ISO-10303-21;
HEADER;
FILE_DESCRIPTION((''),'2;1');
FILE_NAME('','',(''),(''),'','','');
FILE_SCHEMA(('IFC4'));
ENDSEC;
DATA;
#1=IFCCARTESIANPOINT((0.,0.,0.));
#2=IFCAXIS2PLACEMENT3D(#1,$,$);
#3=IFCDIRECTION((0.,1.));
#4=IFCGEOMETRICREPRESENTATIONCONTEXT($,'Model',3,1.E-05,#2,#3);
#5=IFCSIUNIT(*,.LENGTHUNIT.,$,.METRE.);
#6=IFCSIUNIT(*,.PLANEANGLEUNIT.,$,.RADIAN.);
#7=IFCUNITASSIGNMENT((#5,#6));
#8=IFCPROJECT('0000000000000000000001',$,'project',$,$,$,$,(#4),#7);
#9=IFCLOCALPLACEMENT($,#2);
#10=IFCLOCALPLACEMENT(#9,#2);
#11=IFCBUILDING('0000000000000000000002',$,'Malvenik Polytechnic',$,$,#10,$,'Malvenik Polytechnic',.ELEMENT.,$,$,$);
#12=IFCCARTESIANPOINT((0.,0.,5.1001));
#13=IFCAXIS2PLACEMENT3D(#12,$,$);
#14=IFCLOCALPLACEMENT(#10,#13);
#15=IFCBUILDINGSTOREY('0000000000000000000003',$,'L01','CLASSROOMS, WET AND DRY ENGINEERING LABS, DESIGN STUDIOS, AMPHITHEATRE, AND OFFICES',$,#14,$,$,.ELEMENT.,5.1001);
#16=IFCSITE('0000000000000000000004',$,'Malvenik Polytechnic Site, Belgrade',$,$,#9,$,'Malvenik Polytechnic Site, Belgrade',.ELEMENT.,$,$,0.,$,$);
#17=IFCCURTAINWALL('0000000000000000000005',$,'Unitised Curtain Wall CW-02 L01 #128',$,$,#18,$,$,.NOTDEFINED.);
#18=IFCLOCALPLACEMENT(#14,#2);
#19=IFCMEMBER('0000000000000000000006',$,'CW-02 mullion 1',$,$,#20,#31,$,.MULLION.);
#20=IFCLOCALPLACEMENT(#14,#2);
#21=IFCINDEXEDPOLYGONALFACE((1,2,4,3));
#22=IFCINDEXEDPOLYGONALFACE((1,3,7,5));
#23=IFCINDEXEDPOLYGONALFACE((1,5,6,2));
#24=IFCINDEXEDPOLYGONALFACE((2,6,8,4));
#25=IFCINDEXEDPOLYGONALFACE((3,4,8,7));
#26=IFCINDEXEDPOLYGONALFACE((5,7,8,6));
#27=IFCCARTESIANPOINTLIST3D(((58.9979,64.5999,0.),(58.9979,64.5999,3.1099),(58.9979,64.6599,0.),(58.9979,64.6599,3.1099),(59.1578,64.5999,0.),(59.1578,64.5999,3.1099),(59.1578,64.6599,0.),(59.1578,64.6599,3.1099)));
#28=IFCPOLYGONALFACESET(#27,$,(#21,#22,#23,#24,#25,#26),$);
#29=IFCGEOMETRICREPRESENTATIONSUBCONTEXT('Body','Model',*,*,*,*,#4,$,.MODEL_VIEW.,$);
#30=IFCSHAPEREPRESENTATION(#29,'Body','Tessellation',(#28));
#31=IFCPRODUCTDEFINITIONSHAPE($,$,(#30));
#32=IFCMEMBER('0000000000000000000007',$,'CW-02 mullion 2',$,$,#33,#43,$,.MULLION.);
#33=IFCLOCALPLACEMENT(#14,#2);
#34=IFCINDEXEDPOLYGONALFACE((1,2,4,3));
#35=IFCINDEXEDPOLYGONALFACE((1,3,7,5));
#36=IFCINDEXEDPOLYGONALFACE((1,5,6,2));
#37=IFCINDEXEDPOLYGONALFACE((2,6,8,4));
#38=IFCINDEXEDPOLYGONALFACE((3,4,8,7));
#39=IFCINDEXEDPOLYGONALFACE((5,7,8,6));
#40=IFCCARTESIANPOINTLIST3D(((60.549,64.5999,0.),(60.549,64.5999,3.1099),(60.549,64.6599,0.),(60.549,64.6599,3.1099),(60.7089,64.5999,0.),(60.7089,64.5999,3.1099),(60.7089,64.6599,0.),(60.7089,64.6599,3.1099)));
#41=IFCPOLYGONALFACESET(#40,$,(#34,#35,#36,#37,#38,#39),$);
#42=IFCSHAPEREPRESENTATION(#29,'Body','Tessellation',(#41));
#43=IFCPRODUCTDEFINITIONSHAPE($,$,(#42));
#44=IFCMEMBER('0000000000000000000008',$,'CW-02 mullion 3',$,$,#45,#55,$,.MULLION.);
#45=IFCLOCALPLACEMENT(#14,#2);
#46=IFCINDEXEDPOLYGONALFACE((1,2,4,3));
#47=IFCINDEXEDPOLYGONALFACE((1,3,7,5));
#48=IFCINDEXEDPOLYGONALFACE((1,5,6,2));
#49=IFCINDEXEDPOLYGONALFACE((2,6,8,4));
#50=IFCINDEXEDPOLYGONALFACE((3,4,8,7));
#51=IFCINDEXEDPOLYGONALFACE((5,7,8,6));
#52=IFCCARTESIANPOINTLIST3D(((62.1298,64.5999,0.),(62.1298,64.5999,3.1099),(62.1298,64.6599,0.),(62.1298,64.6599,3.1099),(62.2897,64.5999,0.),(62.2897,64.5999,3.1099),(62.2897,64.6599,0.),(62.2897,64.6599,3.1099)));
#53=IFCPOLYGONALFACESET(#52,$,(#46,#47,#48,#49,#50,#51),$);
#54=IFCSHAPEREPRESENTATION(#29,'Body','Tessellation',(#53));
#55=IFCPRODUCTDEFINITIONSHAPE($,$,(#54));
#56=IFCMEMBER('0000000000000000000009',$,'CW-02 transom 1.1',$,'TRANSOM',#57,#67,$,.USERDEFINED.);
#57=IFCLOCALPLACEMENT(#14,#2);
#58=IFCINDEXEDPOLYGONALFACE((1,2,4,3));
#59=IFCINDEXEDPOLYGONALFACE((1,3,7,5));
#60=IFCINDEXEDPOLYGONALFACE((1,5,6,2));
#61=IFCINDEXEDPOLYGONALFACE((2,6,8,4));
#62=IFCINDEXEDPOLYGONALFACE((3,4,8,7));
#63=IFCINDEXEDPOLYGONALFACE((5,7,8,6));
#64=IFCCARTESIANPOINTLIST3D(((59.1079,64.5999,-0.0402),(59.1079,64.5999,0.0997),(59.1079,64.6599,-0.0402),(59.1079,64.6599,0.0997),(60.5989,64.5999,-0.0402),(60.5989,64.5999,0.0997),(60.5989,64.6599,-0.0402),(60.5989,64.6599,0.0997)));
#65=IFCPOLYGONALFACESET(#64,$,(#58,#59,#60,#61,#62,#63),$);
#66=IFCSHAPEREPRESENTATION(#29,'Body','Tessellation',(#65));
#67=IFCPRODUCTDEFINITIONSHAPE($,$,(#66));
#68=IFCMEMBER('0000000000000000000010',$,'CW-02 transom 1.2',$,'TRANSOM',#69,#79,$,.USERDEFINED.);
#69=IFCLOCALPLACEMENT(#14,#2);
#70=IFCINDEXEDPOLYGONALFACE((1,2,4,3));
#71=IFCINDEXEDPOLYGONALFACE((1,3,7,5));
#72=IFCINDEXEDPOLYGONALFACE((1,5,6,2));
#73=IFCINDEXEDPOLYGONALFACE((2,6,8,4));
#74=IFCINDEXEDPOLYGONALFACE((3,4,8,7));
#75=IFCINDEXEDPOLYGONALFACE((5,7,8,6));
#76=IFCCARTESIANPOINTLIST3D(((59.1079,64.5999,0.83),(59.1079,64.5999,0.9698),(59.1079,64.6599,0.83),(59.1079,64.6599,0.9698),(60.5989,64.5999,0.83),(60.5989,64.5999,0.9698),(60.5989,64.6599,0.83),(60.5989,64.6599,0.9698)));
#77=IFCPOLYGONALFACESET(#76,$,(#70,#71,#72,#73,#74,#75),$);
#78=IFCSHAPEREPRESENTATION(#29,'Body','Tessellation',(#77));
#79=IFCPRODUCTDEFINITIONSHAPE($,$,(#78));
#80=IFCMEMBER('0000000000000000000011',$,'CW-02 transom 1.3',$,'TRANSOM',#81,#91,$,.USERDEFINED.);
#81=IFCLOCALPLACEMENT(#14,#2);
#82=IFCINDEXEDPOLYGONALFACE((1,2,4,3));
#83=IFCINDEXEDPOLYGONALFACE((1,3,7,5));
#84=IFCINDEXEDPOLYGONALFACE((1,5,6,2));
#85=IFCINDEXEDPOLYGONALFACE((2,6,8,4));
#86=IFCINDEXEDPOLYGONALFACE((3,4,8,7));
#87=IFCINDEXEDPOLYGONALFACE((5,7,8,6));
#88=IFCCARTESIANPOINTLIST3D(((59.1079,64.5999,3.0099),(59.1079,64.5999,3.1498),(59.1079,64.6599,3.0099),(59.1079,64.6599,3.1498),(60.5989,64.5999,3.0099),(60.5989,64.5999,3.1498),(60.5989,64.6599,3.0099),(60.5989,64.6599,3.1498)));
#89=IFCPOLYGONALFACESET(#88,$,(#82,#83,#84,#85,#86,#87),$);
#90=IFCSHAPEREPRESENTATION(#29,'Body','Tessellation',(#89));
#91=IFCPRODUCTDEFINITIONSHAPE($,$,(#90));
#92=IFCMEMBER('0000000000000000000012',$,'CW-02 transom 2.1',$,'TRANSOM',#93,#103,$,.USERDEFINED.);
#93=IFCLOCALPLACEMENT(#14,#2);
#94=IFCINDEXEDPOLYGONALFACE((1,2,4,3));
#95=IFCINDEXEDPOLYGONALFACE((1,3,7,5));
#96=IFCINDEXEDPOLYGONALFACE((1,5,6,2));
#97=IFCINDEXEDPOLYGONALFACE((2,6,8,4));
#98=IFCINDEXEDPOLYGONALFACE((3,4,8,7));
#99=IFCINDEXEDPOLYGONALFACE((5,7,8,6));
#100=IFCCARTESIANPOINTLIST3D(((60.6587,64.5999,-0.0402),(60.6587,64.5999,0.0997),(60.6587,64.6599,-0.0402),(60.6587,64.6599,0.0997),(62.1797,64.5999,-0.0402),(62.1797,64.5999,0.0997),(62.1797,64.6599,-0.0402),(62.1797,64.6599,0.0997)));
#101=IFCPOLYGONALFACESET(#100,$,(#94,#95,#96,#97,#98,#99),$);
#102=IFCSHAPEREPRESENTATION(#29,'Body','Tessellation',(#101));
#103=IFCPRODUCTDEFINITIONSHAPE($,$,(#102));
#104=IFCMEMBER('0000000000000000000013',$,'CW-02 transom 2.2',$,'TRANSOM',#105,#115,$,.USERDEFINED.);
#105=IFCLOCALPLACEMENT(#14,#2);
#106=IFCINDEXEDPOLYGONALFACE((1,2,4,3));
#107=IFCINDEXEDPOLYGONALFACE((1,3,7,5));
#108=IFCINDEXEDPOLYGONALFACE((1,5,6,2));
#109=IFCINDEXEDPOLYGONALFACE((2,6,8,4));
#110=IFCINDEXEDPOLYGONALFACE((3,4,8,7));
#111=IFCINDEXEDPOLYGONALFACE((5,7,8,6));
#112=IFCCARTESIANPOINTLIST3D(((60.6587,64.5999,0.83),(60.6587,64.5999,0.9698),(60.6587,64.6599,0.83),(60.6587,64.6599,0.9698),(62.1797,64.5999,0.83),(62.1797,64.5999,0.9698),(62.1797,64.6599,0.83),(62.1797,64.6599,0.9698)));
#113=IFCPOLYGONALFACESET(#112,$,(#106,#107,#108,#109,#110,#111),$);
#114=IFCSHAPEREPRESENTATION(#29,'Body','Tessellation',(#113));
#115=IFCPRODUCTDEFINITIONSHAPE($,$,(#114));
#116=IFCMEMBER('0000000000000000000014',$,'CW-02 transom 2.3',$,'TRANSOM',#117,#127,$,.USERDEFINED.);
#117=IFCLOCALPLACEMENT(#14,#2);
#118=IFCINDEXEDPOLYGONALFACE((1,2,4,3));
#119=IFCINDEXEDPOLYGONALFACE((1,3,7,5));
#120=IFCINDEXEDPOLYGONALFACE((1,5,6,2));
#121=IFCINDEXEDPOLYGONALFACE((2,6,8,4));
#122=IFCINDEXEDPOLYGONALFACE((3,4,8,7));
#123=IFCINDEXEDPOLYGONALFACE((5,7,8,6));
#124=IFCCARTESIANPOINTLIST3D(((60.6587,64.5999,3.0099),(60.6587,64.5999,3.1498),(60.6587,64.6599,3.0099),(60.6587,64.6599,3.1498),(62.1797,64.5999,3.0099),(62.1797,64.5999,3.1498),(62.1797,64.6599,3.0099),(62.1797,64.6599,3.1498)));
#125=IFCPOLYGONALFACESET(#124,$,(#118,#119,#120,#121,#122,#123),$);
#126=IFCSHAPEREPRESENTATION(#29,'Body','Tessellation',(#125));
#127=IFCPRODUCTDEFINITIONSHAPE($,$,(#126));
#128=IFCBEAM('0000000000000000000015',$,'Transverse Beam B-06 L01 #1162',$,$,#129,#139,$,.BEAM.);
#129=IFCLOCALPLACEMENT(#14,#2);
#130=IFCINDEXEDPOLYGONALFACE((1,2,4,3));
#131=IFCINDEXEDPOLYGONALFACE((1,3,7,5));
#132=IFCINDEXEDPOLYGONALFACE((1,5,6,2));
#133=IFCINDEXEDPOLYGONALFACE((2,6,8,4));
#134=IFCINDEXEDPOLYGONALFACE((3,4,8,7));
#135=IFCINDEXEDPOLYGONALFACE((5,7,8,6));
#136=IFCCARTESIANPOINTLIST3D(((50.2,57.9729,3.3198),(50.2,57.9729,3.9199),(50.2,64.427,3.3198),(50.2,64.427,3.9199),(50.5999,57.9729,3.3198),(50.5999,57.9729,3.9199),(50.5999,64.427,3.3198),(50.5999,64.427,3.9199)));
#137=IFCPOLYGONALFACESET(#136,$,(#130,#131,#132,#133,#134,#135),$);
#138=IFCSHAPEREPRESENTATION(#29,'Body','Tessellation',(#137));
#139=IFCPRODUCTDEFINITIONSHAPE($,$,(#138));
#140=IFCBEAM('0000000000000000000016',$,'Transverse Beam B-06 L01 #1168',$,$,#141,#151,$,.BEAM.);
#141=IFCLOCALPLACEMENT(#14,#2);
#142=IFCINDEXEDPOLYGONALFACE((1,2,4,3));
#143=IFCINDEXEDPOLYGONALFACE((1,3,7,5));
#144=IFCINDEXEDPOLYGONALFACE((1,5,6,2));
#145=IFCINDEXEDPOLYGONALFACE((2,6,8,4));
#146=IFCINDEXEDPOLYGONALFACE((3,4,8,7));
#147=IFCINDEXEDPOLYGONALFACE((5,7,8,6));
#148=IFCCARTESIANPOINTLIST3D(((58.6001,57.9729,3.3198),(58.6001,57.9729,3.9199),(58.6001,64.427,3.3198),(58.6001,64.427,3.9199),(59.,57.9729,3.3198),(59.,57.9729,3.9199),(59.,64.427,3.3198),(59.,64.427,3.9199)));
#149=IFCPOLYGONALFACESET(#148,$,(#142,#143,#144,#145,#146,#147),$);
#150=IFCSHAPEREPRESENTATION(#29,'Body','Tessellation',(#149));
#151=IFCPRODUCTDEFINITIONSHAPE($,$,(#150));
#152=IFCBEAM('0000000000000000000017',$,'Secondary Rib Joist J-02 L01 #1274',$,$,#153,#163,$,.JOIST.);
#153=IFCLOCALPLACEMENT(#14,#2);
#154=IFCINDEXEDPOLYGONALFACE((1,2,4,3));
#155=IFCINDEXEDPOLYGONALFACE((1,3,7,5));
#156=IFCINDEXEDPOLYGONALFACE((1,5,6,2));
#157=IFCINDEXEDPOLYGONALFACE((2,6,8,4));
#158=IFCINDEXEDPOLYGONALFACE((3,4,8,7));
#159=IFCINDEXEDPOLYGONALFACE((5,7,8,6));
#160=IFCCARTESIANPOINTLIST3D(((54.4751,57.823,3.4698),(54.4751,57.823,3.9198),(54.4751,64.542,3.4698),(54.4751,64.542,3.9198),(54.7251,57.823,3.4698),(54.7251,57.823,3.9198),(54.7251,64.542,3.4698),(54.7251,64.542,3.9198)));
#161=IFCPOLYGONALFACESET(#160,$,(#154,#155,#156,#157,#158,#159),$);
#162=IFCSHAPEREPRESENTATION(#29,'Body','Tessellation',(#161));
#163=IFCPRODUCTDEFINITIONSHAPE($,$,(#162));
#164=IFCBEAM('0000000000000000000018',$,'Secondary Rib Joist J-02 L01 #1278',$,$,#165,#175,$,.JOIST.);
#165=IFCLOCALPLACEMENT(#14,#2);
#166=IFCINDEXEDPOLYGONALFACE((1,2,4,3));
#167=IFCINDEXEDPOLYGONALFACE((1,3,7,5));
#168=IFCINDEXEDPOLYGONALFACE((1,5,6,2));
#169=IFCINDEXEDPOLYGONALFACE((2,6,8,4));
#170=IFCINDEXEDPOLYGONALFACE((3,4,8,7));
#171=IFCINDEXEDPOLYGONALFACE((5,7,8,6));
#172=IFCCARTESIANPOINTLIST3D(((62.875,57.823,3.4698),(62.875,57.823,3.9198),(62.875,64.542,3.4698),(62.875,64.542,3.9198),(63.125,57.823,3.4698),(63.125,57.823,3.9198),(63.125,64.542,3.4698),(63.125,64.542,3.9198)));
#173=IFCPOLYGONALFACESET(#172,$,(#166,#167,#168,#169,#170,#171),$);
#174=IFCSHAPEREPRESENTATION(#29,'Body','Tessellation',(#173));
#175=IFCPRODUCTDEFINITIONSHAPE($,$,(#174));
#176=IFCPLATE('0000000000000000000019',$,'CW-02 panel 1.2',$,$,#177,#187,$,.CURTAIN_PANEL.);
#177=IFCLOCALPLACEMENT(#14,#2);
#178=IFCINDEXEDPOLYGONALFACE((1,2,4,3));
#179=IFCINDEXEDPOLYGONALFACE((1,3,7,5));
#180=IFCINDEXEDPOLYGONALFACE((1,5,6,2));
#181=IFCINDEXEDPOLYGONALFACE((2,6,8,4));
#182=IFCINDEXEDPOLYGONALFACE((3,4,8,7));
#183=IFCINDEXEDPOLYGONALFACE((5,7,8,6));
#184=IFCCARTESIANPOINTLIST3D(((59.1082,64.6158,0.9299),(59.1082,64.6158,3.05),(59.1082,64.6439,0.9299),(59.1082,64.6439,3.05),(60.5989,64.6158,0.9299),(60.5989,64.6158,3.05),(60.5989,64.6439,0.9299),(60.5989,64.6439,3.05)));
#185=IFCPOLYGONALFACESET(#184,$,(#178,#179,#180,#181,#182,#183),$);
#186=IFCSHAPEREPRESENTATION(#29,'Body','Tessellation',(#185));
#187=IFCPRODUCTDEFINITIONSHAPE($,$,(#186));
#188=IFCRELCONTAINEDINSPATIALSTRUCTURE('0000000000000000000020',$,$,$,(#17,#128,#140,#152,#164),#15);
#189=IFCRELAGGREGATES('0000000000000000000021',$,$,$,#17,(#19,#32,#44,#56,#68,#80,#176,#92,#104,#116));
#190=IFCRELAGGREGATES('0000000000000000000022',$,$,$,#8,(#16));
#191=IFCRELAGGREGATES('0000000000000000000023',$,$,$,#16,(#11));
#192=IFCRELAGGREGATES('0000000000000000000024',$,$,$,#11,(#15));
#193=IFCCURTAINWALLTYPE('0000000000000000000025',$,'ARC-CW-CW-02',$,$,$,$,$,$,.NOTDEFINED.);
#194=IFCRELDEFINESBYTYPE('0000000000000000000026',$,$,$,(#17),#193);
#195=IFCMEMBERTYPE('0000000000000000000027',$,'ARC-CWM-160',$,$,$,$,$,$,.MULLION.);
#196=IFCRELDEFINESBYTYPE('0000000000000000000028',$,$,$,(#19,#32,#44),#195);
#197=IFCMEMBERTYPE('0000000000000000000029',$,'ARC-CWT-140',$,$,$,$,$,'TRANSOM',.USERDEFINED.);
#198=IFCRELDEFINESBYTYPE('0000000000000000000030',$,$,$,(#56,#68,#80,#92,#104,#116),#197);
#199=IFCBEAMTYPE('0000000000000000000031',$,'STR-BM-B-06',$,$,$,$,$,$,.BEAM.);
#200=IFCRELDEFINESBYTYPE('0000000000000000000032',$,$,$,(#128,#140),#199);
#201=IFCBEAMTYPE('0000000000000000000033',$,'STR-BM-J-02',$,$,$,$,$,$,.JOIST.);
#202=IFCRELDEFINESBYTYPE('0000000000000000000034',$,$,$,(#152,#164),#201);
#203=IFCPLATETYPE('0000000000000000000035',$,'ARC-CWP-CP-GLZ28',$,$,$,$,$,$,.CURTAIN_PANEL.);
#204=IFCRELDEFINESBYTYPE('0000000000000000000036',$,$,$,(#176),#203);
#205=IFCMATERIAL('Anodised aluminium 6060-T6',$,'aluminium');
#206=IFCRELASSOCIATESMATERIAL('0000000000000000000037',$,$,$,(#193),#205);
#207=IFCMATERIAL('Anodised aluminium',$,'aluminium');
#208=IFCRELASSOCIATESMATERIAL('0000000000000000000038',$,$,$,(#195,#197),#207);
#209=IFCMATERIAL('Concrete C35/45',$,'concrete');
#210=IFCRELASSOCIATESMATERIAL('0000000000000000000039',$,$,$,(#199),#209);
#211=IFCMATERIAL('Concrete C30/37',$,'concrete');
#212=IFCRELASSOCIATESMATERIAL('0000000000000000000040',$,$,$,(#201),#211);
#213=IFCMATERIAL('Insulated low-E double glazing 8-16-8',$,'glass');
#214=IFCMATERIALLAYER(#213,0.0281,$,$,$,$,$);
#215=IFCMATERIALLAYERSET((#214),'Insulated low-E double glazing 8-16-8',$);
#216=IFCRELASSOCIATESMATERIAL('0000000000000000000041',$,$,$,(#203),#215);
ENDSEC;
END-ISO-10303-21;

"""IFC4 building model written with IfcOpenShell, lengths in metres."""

from ifc_helpers import new_model, si_unit, direction, frame, origin, origin_2d, place, context, subcontext, project, spatial, rectangle, extrude, material, layer, layer_set, material_profile, profile_set, type_object, element, aggregate, save


model = new_model("IFC4")

# Units and contexts
model_context = context("Model", 3, precision=1e-05, world=origin(), true_north=direction((0.0, 1.0)))
body_context = subcontext(model_context, "Body", "Model", "MODEL_VIEW")
ifc_project = project(units=[si_unit("LENGTHUNIT", "METRE"), si_unit("PLANEANGLEUNIT", "RADIAN")], contexts=[model_context])

# Site, building, storey
site_placement = place(None, origin())
site = spatial("IfcSite", under=ifc_project, at=site_placement, Name="Malvenik Polytechnic Site, Belgrade", LongName="Malvenik Polytechnic Site, Belgrade", CompositionType="ELEMENT", RefElevation=0.0)
building_placement = place(site_placement, origin())
building = spatial("IfcBuilding", under=site, at=building_placement, Name="Malvenik Polytechnic", LongName="Malvenik Polytechnic", CompositionType="ELEMENT")
storey_placement = place(building_placement, frame((0.0, 0.0, 5.1001)))
storey = spatial("IfcBuildingStorey", under=building, at=storey_placement, Name="L01", Description="CLASSROOMS, WET AND DRY ENGINEERING LABS, DESIGN STUDIOS, AMPHITHEATRE, AND OFFICES", CompositionType="ELEMENT", Elevation=5.1001)

# Curtain wall, members
ifc_material_1 = material(Name="Anodised aluminium 6060-T6", Category="aluminium")
curtain_wall_type = type_object("IfcCurtainWallType", Name="ARC-CW-CW-02", PredefinedType="NOTDEFINED", material=ifc_material_1)
curtain_wall_placement = place(storey_placement, origin())
curtain_wall = element("IfcCurtainWall", 1, at=curtain_wall_placement, inside=storey, type_object=curtain_wall_type, Name="Unitised Curtain Wall CW-02 L01 #128", PredefinedType="NOTDEFINED")
ifc_material_2 = material(Name="Anodised aluminium", Category="aluminium")
ifc_material_profile_1 = material_profile(ifc_material_2, rectangle(XDim=0.0601, YDim=0.1599, at=origin_2d()), Name="ALU MULLION 60x160")
ifc_profile_set_1 = profile_set([ifc_material_profile_1], Name="Anodised aluminium")
member_type_1 = type_object("IfcMemberType", Name="ARC-CWM-160", PredefinedType="MULLION", material=ifc_profile_set_1)
member_1_placement = place(storey_placement, frame((59.0779, 64.6299, 0.0), z_axis=(0.0, 0.0, 1.0), x_axis=(0.0, 1.0, 0.0)))
member_1 = element("IfcMember", 2, at=member_1_placement, type_object=member_type_1, Name="CW-02 mullion 1", PredefinedType="MULLION", context=body_context, shape_type="SweptSolid", body=[
    extrude(rectangle(XDim=0.0601, YDim=0.1599, at=origin_2d()), origin(), (0.0, 0.0, 1.0), 3.1099),
])
member_2_placement = place(storey_placement, frame((60.6289, 64.6299, 0.0), z_axis=(0.0, 0.0, 1.0), x_axis=(0.0, 1.0, 0.0)))
member_2 = element("IfcMember", 3, at=member_2_placement, type_object=member_type_1, Name="CW-02 mullion 2", PredefinedType="MULLION", context=body_context, shape_type="SweptSolid", body=[
    extrude(rectangle(XDim=0.0601, YDim=0.1599, at=origin_2d()), origin(), (0.0, 0.0, 1.0), 3.1099),
])
member_3_placement = place(storey_placement, frame((62.2097, 64.6299, 0.0), z_axis=(0.0, 0.0, 1.0), x_axis=(0.0, 1.0, 0.0)))
member_3 = element("IfcMember", 4, at=member_3_placement, type_object=member_type_1, Name="CW-02 mullion 3", PredefinedType="MULLION", context=body_context, shape_type="SweptSolid", body=[
    extrude(rectangle(XDim=0.0601, YDim=0.1599, at=origin_2d()), origin(), (0.0, 0.0, 1.0), 3.1099),
])
ifc_material_profile_2 = material_profile(ifc_material_2, rectangle(XDim=0.0601, YDim=0.1399, at=origin_2d()), Name="ALU TRANSOM 60x140")
ifc_profile_set_2 = profile_set([ifc_material_profile_2], Name="Anodised aluminium")
member_type_2 = type_object("IfcMemberType", Name="ARC-CWT-140", ElementType="TRANSOM", PredefinedType="USERDEFINED", material=ifc_profile_set_2)
member_4_placement = place(storey_placement, frame((59.1079, 64.6299, 0.0298), z_axis=(1.0, 0.0, 0.0), x_axis=(0.0, 1.0, 0.0)))
member_4 = element("IfcMember", 5, at=member_4_placement, type_object=member_type_2, Name="CW-02 transom 1.1", ObjectType="TRANSOM", PredefinedType="USERDEFINED", context=body_context, shape_type="SweptSolid", body=[
    extrude(rectangle(XDim=0.0601, YDim=0.1399, at=origin_2d()), origin(), (0.0, 0.0, 1.0), 1.491),
])
member_5_placement = place(storey_placement, frame((59.1079, 64.6299, 0.8999), z_axis=(1.0, 0.0, 0.0), x_axis=(0.0, 1.0, 0.0)))
member_5 = element("IfcMember", 6, at=member_5_placement, type_object=member_type_2, Name="CW-02 transom 1.2", ObjectType="TRANSOM", PredefinedType="USERDEFINED", context=body_context, shape_type="SweptSolid", body=[
    extrude(rectangle(XDim=0.0601, YDim=0.1399, at=origin_2d()), origin(), (0.0, 0.0, 1.0), 1.491),
])
member_6_placement = place(storey_placement, frame((59.1079, 64.6299, 3.0798), z_axis=(1.0, 0.0, 0.0), x_axis=(0.0, 1.0, 0.0)))
member_6 = element("IfcMember", 7, at=member_6_placement, type_object=member_type_2, Name="CW-02 transom 1.3", ObjectType="TRANSOM", PredefinedType="USERDEFINED", context=body_context, shape_type="SweptSolid", body=[
    extrude(rectangle(XDim=0.0601, YDim=0.1399, at=origin_2d()), origin(), (0.0, 0.0, 1.0), 1.491),
])
member_7_placement = place(storey_placement, frame((60.6587, 64.6299, 0.0298), z_axis=(1.0, 0.0, 0.0), x_axis=(0.0, 1.0, 0.0)))
member_7 = element("IfcMember", 8, at=member_7_placement, type_object=member_type_2, Name="CW-02 transom 2.1", ObjectType="TRANSOM", PredefinedType="USERDEFINED", context=body_context, shape_type="SweptSolid", body=[
    extrude(rectangle(XDim=0.0601, YDim=0.1399, at=origin_2d()), origin(), (0.0, 0.0, 1.0), 1.521),
])
member_8_placement = place(storey_placement, frame((60.6587, 64.6299, 0.8999), z_axis=(1.0, 0.0, 0.0), x_axis=(0.0, 1.0, 0.0)))
member_8 = element("IfcMember", 9, at=member_8_placement, type_object=member_type_2, Name="CW-02 transom 2.2", ObjectType="TRANSOM", PredefinedType="USERDEFINED", context=body_context, shape_type="SweptSolid", body=[
    extrude(rectangle(XDim=0.0601, YDim=0.1399, at=origin_2d()), origin(), (0.0, 0.0, 1.0), 1.521),
])
member_9_placement = place(storey_placement, frame((60.6587, 64.6299, 3.0798), z_axis=(1.0, 0.0, 0.0), x_axis=(0.0, 1.0, 0.0)))
member_9 = element("IfcMember", 10, at=member_9_placement, type_object=member_type_2, Name="CW-02 transom 2.3", ObjectType="TRANSOM", PredefinedType="USERDEFINED", context=body_context, shape_type="SweptSolid", body=[
    extrude(rectangle(XDim=0.0601, YDim=0.1399, at=origin_2d()), origin(), (0.0, 0.0, 1.0), 1.521),
])

# Beams
ifc_material_3 = material(Name="Concrete C35/45", Category="concrete")
ifc_material_profile_3 = material_profile(ifc_material_3, rectangle(XDim=0.3999, YDim=0.6001, at=origin_2d()), Name="RC BM 400x600")
ifc_profile_set_3 = profile_set([ifc_material_profile_3], Name="Concrete C35/45")
beam_type_1 = type_object("IfcBeamType", Name="STR-BM-B-06", PredefinedType="BEAM", material=ifc_profile_set_3)
for number, where, z_axis, x_axis, name in (
    (11, (50.3999, 57.9729, 3.6199), (0.0, 1.0, 0.0), (-1.0, 0.0, 0.0), "Transverse Beam B-06 L01 #1162"),
    (12, (58.8, 57.9729, 3.6199), (0.0, 1.0, 0.0), (-1.0, 0.0, 0.0), "Transverse Beam B-06 L01 #1168"),
):
    element("IfcBeam", number, at=place(storey_placement, frame(where, z_axis=z_axis, x_axis=x_axis)), inside=storey, type_object=beam_type_1, Name=name, PredefinedType="BEAM", context=body_context, shape_type="SweptSolid", body=[
        extrude(rectangle(XDim=0.3999, YDim=0.6001, at=origin_2d()), origin(), (0.0, 0.0, 1.0), 6.4541),
    ])
ifc_material_4 = material(Name="Concrete C30/37", Category="concrete")
ifc_material_profile_4 = material_profile(ifc_material_4, rectangle(XDim=0.25, YDim=0.45, at=origin_2d()), Name="RC JST 250x450")
ifc_profile_set_4 = profile_set([ifc_material_profile_4], Name="Concrete C30/37")
beam_type_2 = type_object("IfcBeamType", Name="STR-BM-J-02", PredefinedType="JOIST", material=ifc_profile_set_4)
for number, where, z_axis, x_axis, name in (
    (13, (54.6001, 57.823, 3.6948), (0.0, 1.0, 0.0), (-1.0, 0.0, 0.0), "Secondary Rib Joist J-02 L01 #1274"),
    (14, (63.0, 57.823, 3.6948), (0.0, 1.0, 0.0), (-1.0, 0.0, 0.0), "Secondary Rib Joist J-02 L01 #1278"),
):
    element("IfcBeam", number, at=place(storey_placement, frame(where, z_axis=z_axis, x_axis=x_axis)), inside=storey, type_object=beam_type_2, Name=name, PredefinedType="JOIST", context=body_context, shape_type="SweptSolid", body=[
        extrude(rectangle(XDim=0.25, YDim=0.45, at=origin_2d()), origin(), (0.0, 0.0, 1.0), 6.719),
    ])

# Plate
ifc_material_5 = material(Name="Insulated low-E double glazing 8-16-8", Category="glass")
ifc_layer_1 = layer(ifc_material_5, 0.0281)
ifc_layer_set_1 = layer_set([ifc_layer_1], Name="Insulated low-E double glazing 8-16-8")
plate_type_1 = type_object("IfcPlateType", Name="ARC-CWP-CP-GLZ28", PredefinedType="CURTAIN_PANEL", material=ifc_layer_set_1)
plate_1_placement = place(storey_placement, frame((59.8535, 64.6299, 0.9299), z_axis=(0.0, 0.0, 1.0), x_axis=(1.0, 0.0, 0.0)))
plate_1 = element("IfcPlate", 15, at=plate_1_placement, type_object=plate_type_1, Name="CW-02 panel 1.2", PredefinedType="CURTAIN_PANEL", context=body_context, shape_type="SweptSolid", body=[
    extrude(rectangle(XDim=1.4907, YDim=0.0281, at=origin_2d()), origin(), (0.0, 0.0, 1.0), 2.1201),
])
aggregate(curtain_wall, [member_1, member_2, member_3, member_4, member_5, member_6, plate_1, member_7, member_8, member_9])

save(model, "model.ifc")
